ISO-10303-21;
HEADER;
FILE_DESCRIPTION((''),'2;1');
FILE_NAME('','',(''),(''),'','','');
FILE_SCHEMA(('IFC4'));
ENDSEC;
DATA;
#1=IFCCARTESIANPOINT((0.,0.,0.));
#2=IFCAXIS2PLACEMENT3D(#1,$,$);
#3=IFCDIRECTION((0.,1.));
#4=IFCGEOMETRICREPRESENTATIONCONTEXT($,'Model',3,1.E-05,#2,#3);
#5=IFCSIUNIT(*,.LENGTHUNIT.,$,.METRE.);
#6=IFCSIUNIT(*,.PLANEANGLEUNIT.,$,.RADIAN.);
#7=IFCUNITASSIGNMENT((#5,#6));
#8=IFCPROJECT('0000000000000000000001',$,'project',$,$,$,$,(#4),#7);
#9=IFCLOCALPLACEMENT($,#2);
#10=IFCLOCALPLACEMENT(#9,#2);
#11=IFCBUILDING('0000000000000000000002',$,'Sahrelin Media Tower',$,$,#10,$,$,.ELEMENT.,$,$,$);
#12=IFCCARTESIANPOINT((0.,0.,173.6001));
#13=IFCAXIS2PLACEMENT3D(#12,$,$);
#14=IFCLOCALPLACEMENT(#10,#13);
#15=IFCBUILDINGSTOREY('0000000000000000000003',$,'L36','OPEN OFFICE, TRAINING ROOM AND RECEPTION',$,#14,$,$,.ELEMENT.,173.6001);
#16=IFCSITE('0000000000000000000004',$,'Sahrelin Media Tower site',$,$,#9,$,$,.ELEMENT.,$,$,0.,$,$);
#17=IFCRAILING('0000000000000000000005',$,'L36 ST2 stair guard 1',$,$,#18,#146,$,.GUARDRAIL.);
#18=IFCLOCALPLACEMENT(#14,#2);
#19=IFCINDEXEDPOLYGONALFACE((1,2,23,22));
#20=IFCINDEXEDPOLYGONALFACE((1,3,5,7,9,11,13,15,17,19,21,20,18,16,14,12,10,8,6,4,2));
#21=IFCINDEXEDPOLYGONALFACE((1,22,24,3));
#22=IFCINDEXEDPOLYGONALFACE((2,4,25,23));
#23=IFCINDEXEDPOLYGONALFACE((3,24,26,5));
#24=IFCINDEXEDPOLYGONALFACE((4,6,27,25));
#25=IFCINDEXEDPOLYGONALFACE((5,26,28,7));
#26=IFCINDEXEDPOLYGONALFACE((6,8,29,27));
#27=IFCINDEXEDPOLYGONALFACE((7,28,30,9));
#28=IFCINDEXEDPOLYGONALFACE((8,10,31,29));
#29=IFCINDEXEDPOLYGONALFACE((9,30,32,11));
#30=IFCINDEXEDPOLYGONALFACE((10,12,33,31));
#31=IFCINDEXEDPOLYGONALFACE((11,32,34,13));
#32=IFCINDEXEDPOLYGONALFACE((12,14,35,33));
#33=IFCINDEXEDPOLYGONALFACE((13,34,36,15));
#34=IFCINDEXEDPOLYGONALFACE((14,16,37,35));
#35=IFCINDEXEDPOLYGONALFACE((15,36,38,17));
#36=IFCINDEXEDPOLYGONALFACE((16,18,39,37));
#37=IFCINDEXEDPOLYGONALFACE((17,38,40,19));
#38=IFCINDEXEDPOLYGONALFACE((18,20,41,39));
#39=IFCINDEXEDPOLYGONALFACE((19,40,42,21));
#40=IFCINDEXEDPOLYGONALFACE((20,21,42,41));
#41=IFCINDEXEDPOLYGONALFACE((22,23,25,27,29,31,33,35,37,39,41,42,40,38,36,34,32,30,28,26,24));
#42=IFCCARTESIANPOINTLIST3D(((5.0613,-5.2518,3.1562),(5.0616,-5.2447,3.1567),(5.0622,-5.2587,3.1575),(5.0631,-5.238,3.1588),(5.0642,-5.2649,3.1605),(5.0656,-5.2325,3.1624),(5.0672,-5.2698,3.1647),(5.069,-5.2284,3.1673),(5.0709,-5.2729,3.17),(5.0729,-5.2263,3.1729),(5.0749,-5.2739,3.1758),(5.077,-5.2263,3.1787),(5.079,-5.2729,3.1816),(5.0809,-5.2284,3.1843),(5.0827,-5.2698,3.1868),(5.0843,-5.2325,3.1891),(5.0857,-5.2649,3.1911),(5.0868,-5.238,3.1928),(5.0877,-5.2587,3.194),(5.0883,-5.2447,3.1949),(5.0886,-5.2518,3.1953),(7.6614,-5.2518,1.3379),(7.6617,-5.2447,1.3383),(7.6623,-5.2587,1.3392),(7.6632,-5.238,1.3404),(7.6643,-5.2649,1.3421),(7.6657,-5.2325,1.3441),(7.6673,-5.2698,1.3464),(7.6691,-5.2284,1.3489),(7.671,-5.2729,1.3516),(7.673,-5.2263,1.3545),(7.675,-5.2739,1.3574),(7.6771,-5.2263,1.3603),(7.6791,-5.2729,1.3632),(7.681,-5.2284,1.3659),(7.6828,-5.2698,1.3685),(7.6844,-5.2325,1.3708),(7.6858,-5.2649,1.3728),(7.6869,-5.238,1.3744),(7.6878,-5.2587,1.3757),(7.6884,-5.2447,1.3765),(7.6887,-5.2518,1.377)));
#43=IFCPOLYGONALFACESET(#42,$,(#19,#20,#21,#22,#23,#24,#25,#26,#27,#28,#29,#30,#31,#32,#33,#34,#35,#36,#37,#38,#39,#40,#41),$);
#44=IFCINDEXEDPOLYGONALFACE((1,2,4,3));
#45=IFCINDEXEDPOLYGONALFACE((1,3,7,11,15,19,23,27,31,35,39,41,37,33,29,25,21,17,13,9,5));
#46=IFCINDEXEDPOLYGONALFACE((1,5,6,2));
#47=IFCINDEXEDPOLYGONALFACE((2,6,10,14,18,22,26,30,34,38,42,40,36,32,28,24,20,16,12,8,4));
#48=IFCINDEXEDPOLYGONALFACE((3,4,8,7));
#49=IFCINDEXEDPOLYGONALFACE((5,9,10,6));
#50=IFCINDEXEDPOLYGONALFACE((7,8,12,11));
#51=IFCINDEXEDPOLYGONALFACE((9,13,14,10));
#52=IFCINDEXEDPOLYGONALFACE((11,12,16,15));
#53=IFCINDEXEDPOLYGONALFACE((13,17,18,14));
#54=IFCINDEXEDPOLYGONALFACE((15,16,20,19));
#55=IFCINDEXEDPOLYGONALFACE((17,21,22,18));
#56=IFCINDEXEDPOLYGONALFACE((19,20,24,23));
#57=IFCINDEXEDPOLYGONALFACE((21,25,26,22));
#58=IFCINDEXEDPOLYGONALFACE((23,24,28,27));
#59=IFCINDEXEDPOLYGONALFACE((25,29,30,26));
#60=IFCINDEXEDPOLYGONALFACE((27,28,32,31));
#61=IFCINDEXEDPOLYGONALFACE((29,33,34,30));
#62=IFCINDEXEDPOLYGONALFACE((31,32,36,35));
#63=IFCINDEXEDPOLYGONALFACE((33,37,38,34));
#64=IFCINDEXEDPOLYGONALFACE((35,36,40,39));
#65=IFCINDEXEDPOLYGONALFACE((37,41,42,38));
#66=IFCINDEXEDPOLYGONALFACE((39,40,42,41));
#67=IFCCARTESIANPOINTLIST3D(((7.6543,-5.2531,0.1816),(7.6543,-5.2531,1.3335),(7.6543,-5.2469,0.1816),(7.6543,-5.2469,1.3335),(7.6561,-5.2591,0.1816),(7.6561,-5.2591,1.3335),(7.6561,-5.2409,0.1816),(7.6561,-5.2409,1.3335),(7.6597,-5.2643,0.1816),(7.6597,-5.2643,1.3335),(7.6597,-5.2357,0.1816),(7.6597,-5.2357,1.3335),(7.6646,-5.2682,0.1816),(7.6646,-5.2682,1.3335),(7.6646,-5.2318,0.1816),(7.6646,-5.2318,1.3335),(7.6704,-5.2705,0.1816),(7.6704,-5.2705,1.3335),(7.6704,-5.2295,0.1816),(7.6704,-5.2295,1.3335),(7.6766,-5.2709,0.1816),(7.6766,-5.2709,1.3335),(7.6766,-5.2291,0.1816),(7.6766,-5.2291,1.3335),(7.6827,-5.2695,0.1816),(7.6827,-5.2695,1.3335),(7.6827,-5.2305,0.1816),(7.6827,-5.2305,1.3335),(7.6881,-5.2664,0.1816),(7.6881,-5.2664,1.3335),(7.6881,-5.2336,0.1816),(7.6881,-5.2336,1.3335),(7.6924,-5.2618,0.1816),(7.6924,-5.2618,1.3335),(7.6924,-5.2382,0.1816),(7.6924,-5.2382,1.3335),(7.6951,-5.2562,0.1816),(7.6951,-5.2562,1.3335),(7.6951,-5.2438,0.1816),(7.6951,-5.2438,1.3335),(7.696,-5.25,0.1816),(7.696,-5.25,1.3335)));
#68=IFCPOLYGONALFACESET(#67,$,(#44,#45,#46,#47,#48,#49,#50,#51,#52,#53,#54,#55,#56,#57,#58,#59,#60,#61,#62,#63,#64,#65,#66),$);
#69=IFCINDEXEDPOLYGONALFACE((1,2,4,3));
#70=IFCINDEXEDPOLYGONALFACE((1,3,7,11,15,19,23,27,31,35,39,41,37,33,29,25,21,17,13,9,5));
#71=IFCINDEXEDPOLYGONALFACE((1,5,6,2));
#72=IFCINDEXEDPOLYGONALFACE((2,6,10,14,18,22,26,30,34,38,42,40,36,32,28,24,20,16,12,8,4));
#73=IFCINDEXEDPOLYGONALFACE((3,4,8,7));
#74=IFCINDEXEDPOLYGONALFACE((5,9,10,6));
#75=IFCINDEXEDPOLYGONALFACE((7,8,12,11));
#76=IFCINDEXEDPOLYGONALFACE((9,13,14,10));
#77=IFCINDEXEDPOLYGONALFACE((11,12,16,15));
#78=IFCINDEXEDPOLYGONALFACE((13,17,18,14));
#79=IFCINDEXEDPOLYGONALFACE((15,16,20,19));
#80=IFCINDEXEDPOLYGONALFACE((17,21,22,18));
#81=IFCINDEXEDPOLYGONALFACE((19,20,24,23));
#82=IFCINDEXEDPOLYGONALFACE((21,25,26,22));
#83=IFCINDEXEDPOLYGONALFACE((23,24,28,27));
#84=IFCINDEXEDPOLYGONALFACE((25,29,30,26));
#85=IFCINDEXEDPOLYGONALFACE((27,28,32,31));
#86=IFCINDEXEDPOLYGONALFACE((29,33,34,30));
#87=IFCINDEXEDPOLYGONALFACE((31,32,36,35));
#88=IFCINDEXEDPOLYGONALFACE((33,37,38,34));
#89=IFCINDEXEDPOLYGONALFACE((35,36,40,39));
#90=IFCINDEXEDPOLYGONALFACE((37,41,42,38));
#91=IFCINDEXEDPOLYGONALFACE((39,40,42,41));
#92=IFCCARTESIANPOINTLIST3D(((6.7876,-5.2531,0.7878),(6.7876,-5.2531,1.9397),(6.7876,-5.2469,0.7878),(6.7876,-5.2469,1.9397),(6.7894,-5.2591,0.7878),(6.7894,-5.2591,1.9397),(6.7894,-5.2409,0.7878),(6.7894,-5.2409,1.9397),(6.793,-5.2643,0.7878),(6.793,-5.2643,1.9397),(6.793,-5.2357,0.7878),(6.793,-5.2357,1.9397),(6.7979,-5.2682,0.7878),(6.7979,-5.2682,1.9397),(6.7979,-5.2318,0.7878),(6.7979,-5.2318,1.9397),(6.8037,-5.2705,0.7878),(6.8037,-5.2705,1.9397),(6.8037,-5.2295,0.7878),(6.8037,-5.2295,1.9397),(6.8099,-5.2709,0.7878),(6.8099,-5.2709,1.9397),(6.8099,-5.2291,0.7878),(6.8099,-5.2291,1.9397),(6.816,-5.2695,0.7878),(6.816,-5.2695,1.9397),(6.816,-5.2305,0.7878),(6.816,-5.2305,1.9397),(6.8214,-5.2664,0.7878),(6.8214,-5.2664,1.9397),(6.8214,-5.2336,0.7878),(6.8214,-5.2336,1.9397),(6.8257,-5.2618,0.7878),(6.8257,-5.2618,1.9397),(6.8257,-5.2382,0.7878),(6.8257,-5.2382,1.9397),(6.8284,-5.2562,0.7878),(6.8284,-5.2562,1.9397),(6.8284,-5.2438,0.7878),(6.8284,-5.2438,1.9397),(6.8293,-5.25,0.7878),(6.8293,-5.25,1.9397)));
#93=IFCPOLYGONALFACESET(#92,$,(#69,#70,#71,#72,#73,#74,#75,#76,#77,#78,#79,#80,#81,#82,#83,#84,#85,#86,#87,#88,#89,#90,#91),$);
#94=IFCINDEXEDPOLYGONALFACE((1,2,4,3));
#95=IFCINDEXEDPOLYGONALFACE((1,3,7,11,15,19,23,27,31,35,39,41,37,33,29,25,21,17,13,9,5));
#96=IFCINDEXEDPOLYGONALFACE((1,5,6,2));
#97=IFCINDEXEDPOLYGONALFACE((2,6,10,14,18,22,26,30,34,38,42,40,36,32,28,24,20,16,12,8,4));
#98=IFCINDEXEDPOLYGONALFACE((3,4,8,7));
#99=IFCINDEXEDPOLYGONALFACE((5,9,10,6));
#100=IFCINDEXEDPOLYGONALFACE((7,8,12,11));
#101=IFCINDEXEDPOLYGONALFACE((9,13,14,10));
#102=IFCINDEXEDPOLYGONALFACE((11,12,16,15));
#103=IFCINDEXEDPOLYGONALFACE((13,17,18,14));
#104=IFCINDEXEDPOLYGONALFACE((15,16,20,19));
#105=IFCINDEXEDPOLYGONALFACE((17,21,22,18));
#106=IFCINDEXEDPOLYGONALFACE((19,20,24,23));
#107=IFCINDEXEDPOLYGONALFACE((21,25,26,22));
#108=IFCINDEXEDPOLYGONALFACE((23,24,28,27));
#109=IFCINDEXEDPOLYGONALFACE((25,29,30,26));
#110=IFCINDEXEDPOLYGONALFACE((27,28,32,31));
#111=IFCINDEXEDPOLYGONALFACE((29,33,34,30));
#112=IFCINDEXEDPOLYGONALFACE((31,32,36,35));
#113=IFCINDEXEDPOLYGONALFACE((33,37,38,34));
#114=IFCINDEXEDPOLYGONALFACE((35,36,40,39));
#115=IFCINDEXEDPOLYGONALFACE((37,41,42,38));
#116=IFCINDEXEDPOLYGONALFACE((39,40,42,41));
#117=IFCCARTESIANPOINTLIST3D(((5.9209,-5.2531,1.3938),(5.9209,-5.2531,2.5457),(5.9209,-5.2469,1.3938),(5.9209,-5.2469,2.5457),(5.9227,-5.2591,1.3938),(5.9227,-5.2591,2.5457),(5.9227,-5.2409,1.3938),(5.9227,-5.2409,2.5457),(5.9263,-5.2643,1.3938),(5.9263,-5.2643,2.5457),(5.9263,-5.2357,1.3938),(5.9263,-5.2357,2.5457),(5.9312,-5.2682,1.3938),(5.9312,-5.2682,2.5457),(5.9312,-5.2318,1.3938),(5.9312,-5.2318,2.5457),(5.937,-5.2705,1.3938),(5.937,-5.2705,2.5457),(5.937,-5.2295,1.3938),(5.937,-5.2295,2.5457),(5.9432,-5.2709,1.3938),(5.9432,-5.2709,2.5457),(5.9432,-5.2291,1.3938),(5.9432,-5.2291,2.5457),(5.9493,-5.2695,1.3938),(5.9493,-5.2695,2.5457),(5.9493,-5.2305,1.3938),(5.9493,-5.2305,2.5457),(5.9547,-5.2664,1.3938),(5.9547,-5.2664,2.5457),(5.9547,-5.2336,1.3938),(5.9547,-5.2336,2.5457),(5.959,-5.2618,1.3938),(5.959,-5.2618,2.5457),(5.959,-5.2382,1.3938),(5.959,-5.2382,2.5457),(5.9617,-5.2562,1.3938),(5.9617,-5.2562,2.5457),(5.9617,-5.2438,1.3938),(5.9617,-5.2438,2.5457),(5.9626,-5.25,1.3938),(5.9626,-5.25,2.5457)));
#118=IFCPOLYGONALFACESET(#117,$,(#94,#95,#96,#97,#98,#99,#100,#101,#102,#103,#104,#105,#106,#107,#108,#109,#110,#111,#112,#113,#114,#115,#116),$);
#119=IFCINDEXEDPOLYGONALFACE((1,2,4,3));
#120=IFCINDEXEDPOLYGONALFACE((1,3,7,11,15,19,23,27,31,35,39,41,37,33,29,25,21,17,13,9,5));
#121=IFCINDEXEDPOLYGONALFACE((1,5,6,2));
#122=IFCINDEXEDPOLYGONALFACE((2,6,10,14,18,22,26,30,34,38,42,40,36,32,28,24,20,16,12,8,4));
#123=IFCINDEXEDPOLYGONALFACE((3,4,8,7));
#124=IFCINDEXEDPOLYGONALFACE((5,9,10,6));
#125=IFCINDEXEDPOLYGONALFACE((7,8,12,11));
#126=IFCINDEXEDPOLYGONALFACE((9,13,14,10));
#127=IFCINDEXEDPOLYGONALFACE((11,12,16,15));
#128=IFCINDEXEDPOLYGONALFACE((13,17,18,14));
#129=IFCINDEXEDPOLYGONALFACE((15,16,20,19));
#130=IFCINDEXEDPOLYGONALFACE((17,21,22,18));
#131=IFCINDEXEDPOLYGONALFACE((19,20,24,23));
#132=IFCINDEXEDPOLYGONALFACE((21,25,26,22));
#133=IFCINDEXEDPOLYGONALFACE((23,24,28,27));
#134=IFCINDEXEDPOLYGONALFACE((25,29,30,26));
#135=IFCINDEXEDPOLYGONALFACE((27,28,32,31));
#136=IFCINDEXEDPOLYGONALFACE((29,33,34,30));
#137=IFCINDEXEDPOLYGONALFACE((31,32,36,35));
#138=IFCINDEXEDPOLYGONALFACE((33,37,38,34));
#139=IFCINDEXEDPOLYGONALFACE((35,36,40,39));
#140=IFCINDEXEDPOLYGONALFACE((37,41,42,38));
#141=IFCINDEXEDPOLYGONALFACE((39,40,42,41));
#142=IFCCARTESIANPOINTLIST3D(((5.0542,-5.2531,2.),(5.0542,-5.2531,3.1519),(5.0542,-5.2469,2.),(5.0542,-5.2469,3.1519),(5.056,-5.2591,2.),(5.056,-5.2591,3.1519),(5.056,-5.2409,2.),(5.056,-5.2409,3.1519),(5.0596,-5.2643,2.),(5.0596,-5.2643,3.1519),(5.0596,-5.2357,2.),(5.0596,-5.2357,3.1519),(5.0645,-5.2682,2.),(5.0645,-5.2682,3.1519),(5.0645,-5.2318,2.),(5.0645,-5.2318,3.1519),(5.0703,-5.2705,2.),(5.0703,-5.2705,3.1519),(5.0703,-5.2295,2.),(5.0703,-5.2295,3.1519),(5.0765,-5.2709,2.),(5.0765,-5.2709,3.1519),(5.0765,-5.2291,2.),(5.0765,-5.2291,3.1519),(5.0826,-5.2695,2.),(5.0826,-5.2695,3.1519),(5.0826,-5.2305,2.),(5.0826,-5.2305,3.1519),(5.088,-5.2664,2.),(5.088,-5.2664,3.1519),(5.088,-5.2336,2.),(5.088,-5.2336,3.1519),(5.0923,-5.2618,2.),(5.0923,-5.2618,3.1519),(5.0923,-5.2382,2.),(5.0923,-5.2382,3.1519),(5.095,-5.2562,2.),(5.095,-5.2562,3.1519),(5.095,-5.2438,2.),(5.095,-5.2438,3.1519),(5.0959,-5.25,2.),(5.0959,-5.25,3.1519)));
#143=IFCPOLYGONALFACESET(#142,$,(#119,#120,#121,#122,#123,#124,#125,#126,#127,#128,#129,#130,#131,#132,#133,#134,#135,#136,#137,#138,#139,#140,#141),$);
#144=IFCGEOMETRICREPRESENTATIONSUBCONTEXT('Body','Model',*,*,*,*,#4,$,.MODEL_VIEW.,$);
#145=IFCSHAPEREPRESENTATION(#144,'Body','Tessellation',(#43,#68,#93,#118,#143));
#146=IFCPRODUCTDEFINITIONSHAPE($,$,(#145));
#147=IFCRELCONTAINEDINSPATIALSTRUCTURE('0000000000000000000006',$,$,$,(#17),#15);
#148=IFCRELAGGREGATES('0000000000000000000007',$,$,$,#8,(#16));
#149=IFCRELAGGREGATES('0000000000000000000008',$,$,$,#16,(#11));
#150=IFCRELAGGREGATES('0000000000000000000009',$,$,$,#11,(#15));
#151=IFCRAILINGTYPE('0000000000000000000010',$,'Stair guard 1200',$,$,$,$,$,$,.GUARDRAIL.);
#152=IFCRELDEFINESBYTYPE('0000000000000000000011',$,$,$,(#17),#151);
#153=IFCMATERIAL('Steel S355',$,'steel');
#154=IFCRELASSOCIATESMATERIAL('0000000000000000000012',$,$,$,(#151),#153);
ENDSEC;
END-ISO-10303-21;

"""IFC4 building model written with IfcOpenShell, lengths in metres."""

from ifc_helpers import new_model, si_unit, direction, frame, origin, origin_2d, place, context, subcontext, project, spatial, circle, extrude, material, type_object, element, save


model = new_model("IFC4")

# Units and contexts
model_context = context("Model", 3, precision=1e-05, world=origin(), true_north=direction((0.0, 1.0)))
body_context = subcontext(model_context, "Body", "Model", "MODEL_VIEW")
ifc_project = project(units=[si_unit("LENGTHUNIT", "METRE"), si_unit("PLANEANGLEUNIT", "RADIAN")], contexts=[model_context])

# Site, building, storey
site_placement = place(None, origin())
site = spatial("IfcSite", under=ifc_project, at=site_placement, Name="Sahrelin Media Tower site", CompositionType="ELEMENT", RefElevation=0.0)
building_placement = place(site_placement, origin())
building = spatial("IfcBuilding", under=site, at=building_placement, Name="Sahrelin Media Tower", CompositionType="ELEMENT")
storey_placement = place(building_placement, frame((0.0, 0.0, 173.6001)))
storey = spatial("IfcBuildingStorey", under=building, at=storey_placement, Name="L36", Description="OPEN OFFICE, TRAINING ROOM AND RECEPTION", CompositionType="ELEMENT", Elevation=173.6001)

# Shared definitions
ifc_material_1 = material(Name="Steel S355", Category="steel")

# Railing
railing_type_1 = type_object("IfcRailingType", Name="Stair guard 1200", PredefinedType="GUARDRAIL", material=ifc_material_1)
railing_1_placement = place(storey_placement, frame((7.675, -5.25, 0.1816)))
element("IfcRailing", 1, at=railing_1_placement, inside=storey, type_object=railing_type_1, Name="L36 ST2 stair guard 1", PredefinedType="GUARDRAIL", context=body_context, shape_type="SweptSolid", body=[
    extrude(circle(Radius=0.0239, at=origin_2d()), frame((0.0, 0.0, 1.1758), z_axis=(-0.819485, 0.0, 0.573101), x_axis=(0.0, -1.0, 0.0)), (0.0, 0.0, 1.0), 3.1729),
    extrude(circle(Radius=0.021, at=origin_2d()), origin(), (0.0, 0.0, 1.0), 1.1519),
    extrude(circle(Radius=0.021, at=origin_2d()), frame((-0.8667, 0.0, 0.6062)), (0.0, 0.0, 1.0), 1.1519),
    extrude(circle(Radius=0.021, at=origin_2d()), frame((-1.7334, 0.0, 1.2122)), (0.0, 0.0, 1.0), 1.1519),
    extrude(circle(Radius=0.021, at=origin_2d()), frame((-2.6001, 0.0, 1.8184)), (0.0, 0.0, 1.0), 1.1519),
])

save(model, "model.ifc")
